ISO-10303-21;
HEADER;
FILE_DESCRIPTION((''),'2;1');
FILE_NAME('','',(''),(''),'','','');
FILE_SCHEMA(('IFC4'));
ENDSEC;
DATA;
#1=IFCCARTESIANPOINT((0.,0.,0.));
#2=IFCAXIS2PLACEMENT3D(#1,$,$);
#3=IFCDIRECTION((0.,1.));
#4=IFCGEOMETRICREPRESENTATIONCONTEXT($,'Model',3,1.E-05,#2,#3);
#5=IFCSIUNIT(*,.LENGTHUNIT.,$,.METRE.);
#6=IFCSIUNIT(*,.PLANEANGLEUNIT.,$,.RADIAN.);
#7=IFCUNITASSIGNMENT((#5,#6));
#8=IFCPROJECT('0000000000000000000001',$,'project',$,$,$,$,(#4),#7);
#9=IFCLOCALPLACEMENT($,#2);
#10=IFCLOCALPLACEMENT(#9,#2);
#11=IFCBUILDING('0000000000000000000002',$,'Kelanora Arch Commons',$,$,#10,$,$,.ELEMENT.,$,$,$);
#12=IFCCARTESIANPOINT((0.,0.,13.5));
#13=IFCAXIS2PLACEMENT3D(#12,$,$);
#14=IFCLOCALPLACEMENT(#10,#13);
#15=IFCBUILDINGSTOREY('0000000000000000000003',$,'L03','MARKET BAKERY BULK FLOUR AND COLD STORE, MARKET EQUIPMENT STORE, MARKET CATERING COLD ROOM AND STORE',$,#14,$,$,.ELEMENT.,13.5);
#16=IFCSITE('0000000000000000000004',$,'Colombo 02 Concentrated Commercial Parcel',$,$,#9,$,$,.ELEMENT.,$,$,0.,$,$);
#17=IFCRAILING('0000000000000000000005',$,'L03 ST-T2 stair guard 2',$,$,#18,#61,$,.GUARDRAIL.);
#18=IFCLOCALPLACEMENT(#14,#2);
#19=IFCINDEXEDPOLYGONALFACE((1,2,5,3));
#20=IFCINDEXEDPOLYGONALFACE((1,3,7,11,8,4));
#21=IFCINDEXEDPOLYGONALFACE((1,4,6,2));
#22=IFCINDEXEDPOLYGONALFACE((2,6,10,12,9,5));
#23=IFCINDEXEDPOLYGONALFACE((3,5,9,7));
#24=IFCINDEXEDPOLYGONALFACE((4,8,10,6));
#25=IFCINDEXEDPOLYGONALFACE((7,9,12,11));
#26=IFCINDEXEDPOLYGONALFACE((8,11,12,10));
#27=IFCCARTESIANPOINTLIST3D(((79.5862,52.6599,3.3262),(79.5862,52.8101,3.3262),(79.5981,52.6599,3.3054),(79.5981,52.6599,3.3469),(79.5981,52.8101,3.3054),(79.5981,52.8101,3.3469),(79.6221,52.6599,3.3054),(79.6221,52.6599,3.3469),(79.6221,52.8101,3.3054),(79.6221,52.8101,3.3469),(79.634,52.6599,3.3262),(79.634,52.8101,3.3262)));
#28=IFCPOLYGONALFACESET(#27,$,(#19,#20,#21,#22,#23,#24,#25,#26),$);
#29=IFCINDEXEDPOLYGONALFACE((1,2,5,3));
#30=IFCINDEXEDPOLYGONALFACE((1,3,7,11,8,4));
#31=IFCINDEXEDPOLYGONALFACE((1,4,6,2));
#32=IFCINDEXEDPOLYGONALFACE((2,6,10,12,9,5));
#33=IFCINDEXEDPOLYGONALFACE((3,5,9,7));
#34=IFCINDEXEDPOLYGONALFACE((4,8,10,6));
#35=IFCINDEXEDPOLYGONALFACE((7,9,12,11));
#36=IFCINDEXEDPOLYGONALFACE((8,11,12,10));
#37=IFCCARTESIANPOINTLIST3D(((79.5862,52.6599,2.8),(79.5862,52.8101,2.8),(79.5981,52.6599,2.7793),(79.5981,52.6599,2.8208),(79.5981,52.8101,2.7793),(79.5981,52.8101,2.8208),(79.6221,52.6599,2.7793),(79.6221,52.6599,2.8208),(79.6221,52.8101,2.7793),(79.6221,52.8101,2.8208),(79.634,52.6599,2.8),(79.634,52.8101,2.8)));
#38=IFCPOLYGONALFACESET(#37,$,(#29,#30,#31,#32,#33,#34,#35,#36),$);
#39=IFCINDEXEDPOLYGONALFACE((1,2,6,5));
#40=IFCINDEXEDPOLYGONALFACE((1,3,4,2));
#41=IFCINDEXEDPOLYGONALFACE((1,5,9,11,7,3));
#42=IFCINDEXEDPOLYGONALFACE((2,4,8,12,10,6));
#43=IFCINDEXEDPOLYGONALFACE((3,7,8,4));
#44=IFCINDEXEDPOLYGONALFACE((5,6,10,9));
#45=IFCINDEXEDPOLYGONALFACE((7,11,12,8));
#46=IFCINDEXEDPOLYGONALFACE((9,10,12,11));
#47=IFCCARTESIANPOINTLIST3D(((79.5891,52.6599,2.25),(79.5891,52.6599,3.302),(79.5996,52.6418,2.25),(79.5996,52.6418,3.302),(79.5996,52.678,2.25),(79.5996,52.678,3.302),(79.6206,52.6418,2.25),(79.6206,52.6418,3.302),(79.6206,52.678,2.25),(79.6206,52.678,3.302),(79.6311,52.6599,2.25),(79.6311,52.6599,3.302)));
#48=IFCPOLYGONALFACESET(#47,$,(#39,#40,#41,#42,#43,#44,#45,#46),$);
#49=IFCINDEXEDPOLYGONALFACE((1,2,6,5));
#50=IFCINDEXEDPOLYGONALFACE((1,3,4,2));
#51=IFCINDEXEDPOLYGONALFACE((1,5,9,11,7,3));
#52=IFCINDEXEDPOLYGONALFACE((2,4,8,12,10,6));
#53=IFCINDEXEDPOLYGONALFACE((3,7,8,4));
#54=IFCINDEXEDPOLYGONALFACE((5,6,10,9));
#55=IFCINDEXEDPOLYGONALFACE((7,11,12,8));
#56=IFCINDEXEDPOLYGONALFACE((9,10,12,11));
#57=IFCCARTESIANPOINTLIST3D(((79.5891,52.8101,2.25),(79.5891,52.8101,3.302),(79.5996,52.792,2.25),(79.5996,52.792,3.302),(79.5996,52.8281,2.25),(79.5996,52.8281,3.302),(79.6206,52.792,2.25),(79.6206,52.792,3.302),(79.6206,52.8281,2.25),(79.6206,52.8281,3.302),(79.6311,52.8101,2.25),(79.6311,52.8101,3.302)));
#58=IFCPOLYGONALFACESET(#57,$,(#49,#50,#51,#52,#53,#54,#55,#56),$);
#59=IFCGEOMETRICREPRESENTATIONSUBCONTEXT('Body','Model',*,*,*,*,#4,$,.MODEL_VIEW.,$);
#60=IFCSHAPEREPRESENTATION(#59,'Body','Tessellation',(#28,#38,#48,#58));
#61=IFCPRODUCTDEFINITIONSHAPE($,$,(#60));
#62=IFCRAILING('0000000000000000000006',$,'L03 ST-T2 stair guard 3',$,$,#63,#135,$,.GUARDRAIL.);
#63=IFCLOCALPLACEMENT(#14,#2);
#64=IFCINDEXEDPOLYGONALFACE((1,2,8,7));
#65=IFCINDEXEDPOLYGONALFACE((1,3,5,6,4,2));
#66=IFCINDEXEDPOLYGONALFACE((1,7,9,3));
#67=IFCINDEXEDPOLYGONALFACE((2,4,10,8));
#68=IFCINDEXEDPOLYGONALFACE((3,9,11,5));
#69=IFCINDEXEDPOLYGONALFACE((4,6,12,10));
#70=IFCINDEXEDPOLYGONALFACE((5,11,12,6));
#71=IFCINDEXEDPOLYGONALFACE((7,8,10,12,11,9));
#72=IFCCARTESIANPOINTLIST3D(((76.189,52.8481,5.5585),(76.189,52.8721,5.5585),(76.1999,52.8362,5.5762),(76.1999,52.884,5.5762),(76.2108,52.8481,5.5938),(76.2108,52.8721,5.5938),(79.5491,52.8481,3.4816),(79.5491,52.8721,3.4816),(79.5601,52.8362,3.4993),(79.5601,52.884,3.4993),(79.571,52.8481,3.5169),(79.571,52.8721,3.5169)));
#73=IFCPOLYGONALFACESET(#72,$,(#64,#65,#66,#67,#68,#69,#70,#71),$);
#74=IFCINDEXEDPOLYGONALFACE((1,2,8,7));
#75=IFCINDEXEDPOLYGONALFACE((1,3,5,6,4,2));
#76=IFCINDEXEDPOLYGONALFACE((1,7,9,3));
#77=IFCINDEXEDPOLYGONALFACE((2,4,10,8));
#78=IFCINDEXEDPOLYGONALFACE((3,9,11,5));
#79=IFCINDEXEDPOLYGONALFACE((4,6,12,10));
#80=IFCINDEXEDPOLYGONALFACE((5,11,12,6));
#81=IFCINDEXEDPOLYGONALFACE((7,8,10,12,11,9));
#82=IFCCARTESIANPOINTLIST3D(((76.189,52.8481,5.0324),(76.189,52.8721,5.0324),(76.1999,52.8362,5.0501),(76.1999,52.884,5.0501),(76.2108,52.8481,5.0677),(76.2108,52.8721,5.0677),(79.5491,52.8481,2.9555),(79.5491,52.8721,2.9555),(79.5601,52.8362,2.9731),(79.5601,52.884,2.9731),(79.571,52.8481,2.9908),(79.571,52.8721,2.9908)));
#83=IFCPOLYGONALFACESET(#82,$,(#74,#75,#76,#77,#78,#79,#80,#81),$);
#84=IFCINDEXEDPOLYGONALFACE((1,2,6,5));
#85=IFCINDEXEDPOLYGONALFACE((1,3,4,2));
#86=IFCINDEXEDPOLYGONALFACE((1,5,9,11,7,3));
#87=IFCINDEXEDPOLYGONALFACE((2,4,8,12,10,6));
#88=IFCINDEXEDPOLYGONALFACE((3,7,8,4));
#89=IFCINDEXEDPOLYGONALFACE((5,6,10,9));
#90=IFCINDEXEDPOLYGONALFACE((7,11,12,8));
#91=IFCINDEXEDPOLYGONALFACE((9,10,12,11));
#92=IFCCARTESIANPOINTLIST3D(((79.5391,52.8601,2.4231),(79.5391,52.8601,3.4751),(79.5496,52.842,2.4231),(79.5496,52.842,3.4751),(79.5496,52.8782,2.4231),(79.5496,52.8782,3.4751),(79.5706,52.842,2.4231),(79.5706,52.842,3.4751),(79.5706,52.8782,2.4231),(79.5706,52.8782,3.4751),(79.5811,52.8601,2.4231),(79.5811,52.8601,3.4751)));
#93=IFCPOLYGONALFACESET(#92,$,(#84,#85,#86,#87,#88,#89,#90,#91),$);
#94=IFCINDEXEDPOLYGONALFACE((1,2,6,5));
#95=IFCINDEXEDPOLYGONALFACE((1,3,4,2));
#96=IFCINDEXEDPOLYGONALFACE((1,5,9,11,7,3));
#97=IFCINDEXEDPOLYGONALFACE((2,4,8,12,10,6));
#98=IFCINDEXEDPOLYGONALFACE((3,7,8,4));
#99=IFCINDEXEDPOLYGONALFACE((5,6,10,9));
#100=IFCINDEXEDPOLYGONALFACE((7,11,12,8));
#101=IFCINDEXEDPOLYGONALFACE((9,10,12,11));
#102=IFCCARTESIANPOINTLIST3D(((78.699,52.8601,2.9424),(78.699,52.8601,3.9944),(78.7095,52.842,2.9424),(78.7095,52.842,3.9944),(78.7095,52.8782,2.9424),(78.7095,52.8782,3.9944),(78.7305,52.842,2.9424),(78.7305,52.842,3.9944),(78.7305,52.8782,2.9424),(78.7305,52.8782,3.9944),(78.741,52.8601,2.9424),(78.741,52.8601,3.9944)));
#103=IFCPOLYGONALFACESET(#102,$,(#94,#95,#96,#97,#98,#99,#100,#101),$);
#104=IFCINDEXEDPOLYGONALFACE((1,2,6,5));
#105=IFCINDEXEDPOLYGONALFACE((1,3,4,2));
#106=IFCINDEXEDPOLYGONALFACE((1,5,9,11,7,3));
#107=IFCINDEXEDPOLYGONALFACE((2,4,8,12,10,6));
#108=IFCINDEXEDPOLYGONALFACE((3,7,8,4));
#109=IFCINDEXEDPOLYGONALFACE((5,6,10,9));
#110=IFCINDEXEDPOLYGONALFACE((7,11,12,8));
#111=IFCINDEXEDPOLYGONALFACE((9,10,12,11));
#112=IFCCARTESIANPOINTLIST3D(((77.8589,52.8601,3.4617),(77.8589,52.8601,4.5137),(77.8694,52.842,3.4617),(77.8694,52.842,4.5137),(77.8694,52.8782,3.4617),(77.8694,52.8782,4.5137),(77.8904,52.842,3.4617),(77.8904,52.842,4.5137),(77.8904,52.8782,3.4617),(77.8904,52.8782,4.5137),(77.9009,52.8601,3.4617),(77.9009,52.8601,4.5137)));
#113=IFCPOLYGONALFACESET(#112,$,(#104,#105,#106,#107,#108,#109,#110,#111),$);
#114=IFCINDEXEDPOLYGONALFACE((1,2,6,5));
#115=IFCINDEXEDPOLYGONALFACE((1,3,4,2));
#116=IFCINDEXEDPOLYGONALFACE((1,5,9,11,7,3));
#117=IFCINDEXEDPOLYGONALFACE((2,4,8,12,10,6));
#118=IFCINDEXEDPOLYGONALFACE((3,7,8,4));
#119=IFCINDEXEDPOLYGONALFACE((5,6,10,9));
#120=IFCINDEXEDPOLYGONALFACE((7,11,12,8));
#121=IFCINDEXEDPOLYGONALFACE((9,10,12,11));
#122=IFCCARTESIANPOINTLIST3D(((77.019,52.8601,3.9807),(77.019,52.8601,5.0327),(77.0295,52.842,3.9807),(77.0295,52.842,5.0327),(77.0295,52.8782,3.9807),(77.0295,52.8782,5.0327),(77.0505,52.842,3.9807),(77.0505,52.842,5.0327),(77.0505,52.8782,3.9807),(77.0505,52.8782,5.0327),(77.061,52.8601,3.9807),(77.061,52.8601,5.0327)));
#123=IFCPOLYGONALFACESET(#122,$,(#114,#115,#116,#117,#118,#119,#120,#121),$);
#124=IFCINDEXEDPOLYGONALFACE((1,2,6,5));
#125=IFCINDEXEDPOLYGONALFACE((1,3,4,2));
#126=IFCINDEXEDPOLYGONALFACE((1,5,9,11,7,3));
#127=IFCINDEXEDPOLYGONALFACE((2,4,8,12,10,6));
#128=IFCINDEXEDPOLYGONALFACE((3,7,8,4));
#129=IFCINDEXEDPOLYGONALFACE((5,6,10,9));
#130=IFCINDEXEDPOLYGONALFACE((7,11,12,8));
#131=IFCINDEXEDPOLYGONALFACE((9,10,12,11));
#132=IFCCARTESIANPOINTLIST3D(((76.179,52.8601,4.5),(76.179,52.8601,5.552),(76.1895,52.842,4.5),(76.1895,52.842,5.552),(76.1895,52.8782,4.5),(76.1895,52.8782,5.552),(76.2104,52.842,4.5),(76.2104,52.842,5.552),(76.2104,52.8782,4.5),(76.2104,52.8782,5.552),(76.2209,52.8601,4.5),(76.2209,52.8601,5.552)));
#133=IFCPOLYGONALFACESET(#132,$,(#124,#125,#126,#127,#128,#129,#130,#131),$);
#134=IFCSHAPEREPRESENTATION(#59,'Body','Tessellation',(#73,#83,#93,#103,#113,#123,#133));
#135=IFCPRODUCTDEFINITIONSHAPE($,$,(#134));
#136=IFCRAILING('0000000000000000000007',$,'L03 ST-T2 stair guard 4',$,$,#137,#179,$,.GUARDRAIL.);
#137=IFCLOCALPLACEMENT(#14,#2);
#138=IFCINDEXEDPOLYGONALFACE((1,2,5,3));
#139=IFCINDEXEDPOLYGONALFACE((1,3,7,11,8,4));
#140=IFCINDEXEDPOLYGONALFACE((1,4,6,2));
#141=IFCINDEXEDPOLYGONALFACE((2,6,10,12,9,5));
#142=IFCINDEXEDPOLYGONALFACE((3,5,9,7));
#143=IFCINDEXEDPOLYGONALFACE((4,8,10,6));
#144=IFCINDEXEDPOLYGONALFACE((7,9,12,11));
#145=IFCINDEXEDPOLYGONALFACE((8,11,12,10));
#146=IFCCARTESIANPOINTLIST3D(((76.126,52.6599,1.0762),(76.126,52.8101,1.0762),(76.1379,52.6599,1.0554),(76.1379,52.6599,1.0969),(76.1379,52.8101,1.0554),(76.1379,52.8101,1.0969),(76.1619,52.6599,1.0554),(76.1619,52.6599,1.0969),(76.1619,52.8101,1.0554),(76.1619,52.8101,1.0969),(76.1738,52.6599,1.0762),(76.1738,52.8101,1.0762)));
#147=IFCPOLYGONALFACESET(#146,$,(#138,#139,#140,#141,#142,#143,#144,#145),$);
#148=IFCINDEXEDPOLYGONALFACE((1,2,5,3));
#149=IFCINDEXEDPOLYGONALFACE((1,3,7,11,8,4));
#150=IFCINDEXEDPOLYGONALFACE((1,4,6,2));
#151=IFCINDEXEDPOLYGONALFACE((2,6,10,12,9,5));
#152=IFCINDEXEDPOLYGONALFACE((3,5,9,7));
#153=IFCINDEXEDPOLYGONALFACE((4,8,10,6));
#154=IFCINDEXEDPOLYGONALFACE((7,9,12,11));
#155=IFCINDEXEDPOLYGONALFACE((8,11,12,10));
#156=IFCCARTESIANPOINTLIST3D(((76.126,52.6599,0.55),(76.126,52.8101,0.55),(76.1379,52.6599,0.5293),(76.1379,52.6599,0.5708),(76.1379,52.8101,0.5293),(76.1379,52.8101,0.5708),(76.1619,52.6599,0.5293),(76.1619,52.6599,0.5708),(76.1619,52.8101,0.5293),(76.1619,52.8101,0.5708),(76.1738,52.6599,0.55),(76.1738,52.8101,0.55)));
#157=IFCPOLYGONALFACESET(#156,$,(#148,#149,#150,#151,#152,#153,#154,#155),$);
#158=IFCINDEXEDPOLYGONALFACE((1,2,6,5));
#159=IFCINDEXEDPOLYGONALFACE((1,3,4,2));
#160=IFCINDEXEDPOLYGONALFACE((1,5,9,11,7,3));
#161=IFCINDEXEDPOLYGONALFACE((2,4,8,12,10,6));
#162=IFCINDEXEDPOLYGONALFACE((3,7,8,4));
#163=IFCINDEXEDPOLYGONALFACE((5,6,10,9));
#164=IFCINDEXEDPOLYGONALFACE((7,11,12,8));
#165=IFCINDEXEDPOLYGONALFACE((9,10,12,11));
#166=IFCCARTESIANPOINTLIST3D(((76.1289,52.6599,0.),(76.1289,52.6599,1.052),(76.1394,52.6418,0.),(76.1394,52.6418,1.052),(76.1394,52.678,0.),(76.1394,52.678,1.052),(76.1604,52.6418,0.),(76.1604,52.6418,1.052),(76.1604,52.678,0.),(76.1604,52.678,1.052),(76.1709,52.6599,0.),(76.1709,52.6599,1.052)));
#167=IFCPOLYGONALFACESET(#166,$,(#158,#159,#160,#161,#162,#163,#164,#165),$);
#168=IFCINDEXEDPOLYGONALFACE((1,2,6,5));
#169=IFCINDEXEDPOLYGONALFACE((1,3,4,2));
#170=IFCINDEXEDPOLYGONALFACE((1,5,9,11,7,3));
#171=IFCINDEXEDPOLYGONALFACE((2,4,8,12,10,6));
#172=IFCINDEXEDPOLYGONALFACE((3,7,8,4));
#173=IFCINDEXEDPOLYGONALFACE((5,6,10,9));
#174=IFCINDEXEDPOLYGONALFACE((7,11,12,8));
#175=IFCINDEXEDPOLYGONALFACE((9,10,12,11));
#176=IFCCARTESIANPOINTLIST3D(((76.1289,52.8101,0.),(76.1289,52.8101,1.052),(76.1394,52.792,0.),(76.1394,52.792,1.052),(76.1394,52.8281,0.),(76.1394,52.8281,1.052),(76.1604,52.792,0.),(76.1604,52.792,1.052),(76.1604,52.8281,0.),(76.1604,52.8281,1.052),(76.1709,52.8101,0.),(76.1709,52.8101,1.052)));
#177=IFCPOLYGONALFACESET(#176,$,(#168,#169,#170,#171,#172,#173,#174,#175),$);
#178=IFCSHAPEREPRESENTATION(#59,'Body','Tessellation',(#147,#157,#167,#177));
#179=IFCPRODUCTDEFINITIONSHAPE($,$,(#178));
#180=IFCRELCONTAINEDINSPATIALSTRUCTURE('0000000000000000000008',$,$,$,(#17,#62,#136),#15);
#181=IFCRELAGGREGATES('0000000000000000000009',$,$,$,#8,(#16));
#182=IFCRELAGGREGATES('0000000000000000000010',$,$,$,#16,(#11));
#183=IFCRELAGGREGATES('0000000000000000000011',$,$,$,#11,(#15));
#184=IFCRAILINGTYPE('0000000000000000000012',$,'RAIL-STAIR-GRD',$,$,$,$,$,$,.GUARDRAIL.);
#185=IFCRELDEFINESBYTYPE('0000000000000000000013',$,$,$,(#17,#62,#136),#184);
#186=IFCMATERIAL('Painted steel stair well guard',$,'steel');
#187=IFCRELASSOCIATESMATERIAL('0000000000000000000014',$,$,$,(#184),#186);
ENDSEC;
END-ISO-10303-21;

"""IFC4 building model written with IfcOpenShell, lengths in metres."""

from ifc_helpers import new_model, si_unit, direction, frame, origin, place, context, subcontext, project, spatial, polyline, outline, extrude, material, type_object, element, save


model = new_model("IFC4")

# Units and contexts
model_context = context("Model", 3, precision=1e-05, world=origin(), true_north=direction((0.0, 1.0)))
body_context = subcontext(model_context, "Body", "Model", "MODEL_VIEW")
ifc_project = project(units=[si_unit("LENGTHUNIT", "METRE"), si_unit("PLANEANGLEUNIT", "RADIAN")], contexts=[model_context])

# Site, building, storey
site_placement = place(None, origin())
site = spatial("IfcSite", under=ifc_project, at=site_placement, Name="Colombo 02 Concentrated Commercial Parcel", CompositionType="ELEMENT", RefElevation=0.0)
building_placement = place(site_placement, origin())
building = spatial("IfcBuilding", under=site, at=building_placement, Name="Kelanora Arch Commons", CompositionType="ELEMENT")
storey_placement = place(building_placement, frame((0.0, 0.0, 13.5)))
storey = spatial("IfcBuildingStorey", under=building, at=storey_placement, Name="L03", Description="MARKET BAKERY BULK FLOUR AND COLD STORE, MARKET EQUIPMENT STORE, MARKET CATERING COLD ROOM AND STORE", CompositionType="ELEMENT", Elevation=13.5)

# Railings
ifc_material_1 = material(Name="Painted steel stair well guard", Category="steel")
railing_type_1 = type_object("IfcRailingType", Name="RAIL-STAIR-GRD", PredefinedType="GUARDRAIL", material=ifc_material_1)
railing_1_placement = place(storey_placement, frame((79.6101, 52.6599, 2.25)))
element("IfcRailing", 1, at=railing_1_placement, inside=storey, type_object=railing_type_1, Name="L03 ST-T2 stair guard 2", PredefinedType="GUARDRAIL", context=body_context, shape_type="SweptSolid", body=[
    extrude(outline(polyline([(0.0239, 0.0), (0.012, 0.0208), (-0.012, 0.0208), (-0.0239, 0.0), (-0.012, -0.0208), (0.012, -0.0208), (0.0239, 0.0)])), frame((0.0, 0.0, 1.0762), z_axis=(0.0, 1.0, 0.0), x_axis=(-1.0, 0.0, 0.0)), (0.0, 0.0, 1.0), 0.1501),
    extrude(outline(polyline([(0.0239, 0.0), (0.012, 0.0208), (-0.012, 0.0208), (-0.0239, 0.0), (-0.012, -0.0208), (0.012, -0.0208), (0.0239, 0.0)])), frame((0.0, 0.0, 0.55), z_axis=(0.0, 1.0, 0.0), x_axis=(-1.0, 0.0, 0.0)), (0.0, 0.0, 1.0), 0.1501),
    extrude(outline(polyline([(0.021, 0.0), (0.0105, 0.0181), (-0.0105, 0.0181), (-0.021, 0.0), (-0.0105, -0.0181), (0.0105, -0.0181), (0.021, 0.0)])), origin(), (0.0, 0.0, 1.0), 1.052),
    extrude(outline(polyline([(0.021, 0.0), (0.0105, 0.0181), (-0.0105, 0.0181), (-0.021, 0.0), (-0.0105, -0.0181), (0.0105, -0.0181), (0.021, 0.0)])), frame((0.0, 0.1501, 0.0)), (0.0, 0.0, 1.0), 1.052),
])
railing_2_placement = place(storey_placement, frame((79.5601, 52.8601, 2.4231)))
element("IfcRailing", 2, at=railing_2_placement, inside=storey, type_object=railing_type_1, Name="L03 ST-T2 stair guard 3", PredefinedType="GUARDRAIL", context=body_context, shape_type="SweptSolid", body=[
    extrude(outline(polyline([(0.0239, 0.0), (0.012, 0.0208), (-0.012, 0.0208), (-0.0239, 0.0), (-0.012, -0.0208), (0.012, -0.0208), (0.0239, 0.0)])), frame((0.0, 0.0, 1.0762), z_axis=(-0.850623, 0.0, 0.525776), x_axis=(0.0, -1.0, 0.0)), (0.0, 0.0, 1.0), 3.9502),
    extrude(outline(polyline([(0.0239, 0.0), (0.012, 0.0208), (-0.012, 0.0208), (-0.0239, 0.0), (-0.012, -0.0208), (0.012, -0.0208), (0.0239, 0.0)])), frame((0.0, 0.0, 0.55), z_axis=(-0.850623, 0.0, 0.525776), x_axis=(0.0, -1.0, 0.0)), (0.0, 0.0, 1.0), 3.9502),
    extrude(outline(polyline([(0.021, 0.0), (0.0105, 0.0181), (-0.0105, 0.0181), (-0.021, 0.0), (-0.0105, -0.0181), (0.0105, -0.0181), (0.021, 0.0)])), origin(), (0.0, 0.0, 1.0), 1.052),
    extrude(outline(polyline([(0.021, 0.0), (0.0105, 0.0181), (-0.0105, 0.0181), (-0.021, 0.0), (-0.0105, -0.0181), (0.0105, -0.0181), (0.021, 0.0)])), frame((-0.8401, 0.0, 0.5193)), (0.0, 0.0, 1.0), 1.052),
    extrude(outline(polyline([(0.021, 0.0), (0.0105, 0.0181), (-0.0105, 0.0181), (-0.021, 0.0), (-0.0105, -0.0181), (0.0105, -0.0181), (0.021, 0.0)])), frame((-1.6802, 0.0, 1.0386)), (0.0, 0.0, 1.0), 1.052),
    extrude(outline(polyline([(0.021, 0.0), (0.0105, 0.0181), (-0.0105, 0.0181), (-0.021, 0.0), (-0.0105, -0.0181), (0.0105, -0.0181), (0.021, 0.0)])), frame((-2.52, 0.0, 1.5576)), (0.0, 0.0, 1.0), 1.052),
    extrude(outline(polyline([(0.021, 0.0), (0.0105, 0.0181), (-0.0105, 0.0181), (-0.021, 0.0), (-0.0105, -0.0181), (0.0105, -0.0181), (0.021, 0.0)])), frame((-3.3601, 0.0, 2.0769)), (0.0, 0.0, 1.0), 1.052),
])
railing_3_placement = place(storey_placement, frame((76.1499, 52.6599, 0.0)))
element("IfcRailing", 3, at=railing_3_placement, inside=storey, type_object=railing_type_1, Name="L03 ST-T2 stair guard 4", PredefinedType="GUARDRAIL", context=body_context, shape_type="SweptSolid", body=[
    extrude(outline(polyline([(0.0239, 0.0), (0.012, 0.0208), (-0.012, 0.0208), (-0.0239, 0.0), (-0.012, -0.0208), (0.012, -0.0208), (0.0239, 0.0)])), frame((0.0, 0.0, 1.0762), z_axis=(0.0, 1.0, 0.0), x_axis=(-1.0, 0.0, 0.0)), (0.0, 0.0, 1.0), 0.1501),
    extrude(outline(polyline([(0.0239, 0.0), (0.012, 0.0208), (-0.012, 0.0208), (-0.0239, 0.0), (-0.012, -0.0208), (0.012, -0.0208), (0.0239, 0.0)])), frame((0.0, 0.0, 0.55), z_axis=(0.0, 1.0, 0.0), x_axis=(-1.0, 0.0, 0.0)), (0.0, 0.0, 1.0), 0.1501),
    extrude(outline(polyline([(0.021, 0.0), (0.0105, 0.0181), (-0.0105, 0.0181), (-0.021, 0.0), (-0.0105, -0.0181), (0.0105, -0.0181), (0.021, 0.0)])), origin(), (0.0, 0.0, 1.0), 1.052),
    extrude(outline(polyline([(0.021, 0.0), (0.0105, 0.0181), (-0.0105, 0.0181), (-0.021, 0.0), (-0.0105, -0.0181), (0.0105, -0.0181), (0.021, 0.0)])), frame((0.0, 0.1501, 0.0)), (0.0, 0.0, 1.0), 1.052),
])

save(model, "model.ifc")
